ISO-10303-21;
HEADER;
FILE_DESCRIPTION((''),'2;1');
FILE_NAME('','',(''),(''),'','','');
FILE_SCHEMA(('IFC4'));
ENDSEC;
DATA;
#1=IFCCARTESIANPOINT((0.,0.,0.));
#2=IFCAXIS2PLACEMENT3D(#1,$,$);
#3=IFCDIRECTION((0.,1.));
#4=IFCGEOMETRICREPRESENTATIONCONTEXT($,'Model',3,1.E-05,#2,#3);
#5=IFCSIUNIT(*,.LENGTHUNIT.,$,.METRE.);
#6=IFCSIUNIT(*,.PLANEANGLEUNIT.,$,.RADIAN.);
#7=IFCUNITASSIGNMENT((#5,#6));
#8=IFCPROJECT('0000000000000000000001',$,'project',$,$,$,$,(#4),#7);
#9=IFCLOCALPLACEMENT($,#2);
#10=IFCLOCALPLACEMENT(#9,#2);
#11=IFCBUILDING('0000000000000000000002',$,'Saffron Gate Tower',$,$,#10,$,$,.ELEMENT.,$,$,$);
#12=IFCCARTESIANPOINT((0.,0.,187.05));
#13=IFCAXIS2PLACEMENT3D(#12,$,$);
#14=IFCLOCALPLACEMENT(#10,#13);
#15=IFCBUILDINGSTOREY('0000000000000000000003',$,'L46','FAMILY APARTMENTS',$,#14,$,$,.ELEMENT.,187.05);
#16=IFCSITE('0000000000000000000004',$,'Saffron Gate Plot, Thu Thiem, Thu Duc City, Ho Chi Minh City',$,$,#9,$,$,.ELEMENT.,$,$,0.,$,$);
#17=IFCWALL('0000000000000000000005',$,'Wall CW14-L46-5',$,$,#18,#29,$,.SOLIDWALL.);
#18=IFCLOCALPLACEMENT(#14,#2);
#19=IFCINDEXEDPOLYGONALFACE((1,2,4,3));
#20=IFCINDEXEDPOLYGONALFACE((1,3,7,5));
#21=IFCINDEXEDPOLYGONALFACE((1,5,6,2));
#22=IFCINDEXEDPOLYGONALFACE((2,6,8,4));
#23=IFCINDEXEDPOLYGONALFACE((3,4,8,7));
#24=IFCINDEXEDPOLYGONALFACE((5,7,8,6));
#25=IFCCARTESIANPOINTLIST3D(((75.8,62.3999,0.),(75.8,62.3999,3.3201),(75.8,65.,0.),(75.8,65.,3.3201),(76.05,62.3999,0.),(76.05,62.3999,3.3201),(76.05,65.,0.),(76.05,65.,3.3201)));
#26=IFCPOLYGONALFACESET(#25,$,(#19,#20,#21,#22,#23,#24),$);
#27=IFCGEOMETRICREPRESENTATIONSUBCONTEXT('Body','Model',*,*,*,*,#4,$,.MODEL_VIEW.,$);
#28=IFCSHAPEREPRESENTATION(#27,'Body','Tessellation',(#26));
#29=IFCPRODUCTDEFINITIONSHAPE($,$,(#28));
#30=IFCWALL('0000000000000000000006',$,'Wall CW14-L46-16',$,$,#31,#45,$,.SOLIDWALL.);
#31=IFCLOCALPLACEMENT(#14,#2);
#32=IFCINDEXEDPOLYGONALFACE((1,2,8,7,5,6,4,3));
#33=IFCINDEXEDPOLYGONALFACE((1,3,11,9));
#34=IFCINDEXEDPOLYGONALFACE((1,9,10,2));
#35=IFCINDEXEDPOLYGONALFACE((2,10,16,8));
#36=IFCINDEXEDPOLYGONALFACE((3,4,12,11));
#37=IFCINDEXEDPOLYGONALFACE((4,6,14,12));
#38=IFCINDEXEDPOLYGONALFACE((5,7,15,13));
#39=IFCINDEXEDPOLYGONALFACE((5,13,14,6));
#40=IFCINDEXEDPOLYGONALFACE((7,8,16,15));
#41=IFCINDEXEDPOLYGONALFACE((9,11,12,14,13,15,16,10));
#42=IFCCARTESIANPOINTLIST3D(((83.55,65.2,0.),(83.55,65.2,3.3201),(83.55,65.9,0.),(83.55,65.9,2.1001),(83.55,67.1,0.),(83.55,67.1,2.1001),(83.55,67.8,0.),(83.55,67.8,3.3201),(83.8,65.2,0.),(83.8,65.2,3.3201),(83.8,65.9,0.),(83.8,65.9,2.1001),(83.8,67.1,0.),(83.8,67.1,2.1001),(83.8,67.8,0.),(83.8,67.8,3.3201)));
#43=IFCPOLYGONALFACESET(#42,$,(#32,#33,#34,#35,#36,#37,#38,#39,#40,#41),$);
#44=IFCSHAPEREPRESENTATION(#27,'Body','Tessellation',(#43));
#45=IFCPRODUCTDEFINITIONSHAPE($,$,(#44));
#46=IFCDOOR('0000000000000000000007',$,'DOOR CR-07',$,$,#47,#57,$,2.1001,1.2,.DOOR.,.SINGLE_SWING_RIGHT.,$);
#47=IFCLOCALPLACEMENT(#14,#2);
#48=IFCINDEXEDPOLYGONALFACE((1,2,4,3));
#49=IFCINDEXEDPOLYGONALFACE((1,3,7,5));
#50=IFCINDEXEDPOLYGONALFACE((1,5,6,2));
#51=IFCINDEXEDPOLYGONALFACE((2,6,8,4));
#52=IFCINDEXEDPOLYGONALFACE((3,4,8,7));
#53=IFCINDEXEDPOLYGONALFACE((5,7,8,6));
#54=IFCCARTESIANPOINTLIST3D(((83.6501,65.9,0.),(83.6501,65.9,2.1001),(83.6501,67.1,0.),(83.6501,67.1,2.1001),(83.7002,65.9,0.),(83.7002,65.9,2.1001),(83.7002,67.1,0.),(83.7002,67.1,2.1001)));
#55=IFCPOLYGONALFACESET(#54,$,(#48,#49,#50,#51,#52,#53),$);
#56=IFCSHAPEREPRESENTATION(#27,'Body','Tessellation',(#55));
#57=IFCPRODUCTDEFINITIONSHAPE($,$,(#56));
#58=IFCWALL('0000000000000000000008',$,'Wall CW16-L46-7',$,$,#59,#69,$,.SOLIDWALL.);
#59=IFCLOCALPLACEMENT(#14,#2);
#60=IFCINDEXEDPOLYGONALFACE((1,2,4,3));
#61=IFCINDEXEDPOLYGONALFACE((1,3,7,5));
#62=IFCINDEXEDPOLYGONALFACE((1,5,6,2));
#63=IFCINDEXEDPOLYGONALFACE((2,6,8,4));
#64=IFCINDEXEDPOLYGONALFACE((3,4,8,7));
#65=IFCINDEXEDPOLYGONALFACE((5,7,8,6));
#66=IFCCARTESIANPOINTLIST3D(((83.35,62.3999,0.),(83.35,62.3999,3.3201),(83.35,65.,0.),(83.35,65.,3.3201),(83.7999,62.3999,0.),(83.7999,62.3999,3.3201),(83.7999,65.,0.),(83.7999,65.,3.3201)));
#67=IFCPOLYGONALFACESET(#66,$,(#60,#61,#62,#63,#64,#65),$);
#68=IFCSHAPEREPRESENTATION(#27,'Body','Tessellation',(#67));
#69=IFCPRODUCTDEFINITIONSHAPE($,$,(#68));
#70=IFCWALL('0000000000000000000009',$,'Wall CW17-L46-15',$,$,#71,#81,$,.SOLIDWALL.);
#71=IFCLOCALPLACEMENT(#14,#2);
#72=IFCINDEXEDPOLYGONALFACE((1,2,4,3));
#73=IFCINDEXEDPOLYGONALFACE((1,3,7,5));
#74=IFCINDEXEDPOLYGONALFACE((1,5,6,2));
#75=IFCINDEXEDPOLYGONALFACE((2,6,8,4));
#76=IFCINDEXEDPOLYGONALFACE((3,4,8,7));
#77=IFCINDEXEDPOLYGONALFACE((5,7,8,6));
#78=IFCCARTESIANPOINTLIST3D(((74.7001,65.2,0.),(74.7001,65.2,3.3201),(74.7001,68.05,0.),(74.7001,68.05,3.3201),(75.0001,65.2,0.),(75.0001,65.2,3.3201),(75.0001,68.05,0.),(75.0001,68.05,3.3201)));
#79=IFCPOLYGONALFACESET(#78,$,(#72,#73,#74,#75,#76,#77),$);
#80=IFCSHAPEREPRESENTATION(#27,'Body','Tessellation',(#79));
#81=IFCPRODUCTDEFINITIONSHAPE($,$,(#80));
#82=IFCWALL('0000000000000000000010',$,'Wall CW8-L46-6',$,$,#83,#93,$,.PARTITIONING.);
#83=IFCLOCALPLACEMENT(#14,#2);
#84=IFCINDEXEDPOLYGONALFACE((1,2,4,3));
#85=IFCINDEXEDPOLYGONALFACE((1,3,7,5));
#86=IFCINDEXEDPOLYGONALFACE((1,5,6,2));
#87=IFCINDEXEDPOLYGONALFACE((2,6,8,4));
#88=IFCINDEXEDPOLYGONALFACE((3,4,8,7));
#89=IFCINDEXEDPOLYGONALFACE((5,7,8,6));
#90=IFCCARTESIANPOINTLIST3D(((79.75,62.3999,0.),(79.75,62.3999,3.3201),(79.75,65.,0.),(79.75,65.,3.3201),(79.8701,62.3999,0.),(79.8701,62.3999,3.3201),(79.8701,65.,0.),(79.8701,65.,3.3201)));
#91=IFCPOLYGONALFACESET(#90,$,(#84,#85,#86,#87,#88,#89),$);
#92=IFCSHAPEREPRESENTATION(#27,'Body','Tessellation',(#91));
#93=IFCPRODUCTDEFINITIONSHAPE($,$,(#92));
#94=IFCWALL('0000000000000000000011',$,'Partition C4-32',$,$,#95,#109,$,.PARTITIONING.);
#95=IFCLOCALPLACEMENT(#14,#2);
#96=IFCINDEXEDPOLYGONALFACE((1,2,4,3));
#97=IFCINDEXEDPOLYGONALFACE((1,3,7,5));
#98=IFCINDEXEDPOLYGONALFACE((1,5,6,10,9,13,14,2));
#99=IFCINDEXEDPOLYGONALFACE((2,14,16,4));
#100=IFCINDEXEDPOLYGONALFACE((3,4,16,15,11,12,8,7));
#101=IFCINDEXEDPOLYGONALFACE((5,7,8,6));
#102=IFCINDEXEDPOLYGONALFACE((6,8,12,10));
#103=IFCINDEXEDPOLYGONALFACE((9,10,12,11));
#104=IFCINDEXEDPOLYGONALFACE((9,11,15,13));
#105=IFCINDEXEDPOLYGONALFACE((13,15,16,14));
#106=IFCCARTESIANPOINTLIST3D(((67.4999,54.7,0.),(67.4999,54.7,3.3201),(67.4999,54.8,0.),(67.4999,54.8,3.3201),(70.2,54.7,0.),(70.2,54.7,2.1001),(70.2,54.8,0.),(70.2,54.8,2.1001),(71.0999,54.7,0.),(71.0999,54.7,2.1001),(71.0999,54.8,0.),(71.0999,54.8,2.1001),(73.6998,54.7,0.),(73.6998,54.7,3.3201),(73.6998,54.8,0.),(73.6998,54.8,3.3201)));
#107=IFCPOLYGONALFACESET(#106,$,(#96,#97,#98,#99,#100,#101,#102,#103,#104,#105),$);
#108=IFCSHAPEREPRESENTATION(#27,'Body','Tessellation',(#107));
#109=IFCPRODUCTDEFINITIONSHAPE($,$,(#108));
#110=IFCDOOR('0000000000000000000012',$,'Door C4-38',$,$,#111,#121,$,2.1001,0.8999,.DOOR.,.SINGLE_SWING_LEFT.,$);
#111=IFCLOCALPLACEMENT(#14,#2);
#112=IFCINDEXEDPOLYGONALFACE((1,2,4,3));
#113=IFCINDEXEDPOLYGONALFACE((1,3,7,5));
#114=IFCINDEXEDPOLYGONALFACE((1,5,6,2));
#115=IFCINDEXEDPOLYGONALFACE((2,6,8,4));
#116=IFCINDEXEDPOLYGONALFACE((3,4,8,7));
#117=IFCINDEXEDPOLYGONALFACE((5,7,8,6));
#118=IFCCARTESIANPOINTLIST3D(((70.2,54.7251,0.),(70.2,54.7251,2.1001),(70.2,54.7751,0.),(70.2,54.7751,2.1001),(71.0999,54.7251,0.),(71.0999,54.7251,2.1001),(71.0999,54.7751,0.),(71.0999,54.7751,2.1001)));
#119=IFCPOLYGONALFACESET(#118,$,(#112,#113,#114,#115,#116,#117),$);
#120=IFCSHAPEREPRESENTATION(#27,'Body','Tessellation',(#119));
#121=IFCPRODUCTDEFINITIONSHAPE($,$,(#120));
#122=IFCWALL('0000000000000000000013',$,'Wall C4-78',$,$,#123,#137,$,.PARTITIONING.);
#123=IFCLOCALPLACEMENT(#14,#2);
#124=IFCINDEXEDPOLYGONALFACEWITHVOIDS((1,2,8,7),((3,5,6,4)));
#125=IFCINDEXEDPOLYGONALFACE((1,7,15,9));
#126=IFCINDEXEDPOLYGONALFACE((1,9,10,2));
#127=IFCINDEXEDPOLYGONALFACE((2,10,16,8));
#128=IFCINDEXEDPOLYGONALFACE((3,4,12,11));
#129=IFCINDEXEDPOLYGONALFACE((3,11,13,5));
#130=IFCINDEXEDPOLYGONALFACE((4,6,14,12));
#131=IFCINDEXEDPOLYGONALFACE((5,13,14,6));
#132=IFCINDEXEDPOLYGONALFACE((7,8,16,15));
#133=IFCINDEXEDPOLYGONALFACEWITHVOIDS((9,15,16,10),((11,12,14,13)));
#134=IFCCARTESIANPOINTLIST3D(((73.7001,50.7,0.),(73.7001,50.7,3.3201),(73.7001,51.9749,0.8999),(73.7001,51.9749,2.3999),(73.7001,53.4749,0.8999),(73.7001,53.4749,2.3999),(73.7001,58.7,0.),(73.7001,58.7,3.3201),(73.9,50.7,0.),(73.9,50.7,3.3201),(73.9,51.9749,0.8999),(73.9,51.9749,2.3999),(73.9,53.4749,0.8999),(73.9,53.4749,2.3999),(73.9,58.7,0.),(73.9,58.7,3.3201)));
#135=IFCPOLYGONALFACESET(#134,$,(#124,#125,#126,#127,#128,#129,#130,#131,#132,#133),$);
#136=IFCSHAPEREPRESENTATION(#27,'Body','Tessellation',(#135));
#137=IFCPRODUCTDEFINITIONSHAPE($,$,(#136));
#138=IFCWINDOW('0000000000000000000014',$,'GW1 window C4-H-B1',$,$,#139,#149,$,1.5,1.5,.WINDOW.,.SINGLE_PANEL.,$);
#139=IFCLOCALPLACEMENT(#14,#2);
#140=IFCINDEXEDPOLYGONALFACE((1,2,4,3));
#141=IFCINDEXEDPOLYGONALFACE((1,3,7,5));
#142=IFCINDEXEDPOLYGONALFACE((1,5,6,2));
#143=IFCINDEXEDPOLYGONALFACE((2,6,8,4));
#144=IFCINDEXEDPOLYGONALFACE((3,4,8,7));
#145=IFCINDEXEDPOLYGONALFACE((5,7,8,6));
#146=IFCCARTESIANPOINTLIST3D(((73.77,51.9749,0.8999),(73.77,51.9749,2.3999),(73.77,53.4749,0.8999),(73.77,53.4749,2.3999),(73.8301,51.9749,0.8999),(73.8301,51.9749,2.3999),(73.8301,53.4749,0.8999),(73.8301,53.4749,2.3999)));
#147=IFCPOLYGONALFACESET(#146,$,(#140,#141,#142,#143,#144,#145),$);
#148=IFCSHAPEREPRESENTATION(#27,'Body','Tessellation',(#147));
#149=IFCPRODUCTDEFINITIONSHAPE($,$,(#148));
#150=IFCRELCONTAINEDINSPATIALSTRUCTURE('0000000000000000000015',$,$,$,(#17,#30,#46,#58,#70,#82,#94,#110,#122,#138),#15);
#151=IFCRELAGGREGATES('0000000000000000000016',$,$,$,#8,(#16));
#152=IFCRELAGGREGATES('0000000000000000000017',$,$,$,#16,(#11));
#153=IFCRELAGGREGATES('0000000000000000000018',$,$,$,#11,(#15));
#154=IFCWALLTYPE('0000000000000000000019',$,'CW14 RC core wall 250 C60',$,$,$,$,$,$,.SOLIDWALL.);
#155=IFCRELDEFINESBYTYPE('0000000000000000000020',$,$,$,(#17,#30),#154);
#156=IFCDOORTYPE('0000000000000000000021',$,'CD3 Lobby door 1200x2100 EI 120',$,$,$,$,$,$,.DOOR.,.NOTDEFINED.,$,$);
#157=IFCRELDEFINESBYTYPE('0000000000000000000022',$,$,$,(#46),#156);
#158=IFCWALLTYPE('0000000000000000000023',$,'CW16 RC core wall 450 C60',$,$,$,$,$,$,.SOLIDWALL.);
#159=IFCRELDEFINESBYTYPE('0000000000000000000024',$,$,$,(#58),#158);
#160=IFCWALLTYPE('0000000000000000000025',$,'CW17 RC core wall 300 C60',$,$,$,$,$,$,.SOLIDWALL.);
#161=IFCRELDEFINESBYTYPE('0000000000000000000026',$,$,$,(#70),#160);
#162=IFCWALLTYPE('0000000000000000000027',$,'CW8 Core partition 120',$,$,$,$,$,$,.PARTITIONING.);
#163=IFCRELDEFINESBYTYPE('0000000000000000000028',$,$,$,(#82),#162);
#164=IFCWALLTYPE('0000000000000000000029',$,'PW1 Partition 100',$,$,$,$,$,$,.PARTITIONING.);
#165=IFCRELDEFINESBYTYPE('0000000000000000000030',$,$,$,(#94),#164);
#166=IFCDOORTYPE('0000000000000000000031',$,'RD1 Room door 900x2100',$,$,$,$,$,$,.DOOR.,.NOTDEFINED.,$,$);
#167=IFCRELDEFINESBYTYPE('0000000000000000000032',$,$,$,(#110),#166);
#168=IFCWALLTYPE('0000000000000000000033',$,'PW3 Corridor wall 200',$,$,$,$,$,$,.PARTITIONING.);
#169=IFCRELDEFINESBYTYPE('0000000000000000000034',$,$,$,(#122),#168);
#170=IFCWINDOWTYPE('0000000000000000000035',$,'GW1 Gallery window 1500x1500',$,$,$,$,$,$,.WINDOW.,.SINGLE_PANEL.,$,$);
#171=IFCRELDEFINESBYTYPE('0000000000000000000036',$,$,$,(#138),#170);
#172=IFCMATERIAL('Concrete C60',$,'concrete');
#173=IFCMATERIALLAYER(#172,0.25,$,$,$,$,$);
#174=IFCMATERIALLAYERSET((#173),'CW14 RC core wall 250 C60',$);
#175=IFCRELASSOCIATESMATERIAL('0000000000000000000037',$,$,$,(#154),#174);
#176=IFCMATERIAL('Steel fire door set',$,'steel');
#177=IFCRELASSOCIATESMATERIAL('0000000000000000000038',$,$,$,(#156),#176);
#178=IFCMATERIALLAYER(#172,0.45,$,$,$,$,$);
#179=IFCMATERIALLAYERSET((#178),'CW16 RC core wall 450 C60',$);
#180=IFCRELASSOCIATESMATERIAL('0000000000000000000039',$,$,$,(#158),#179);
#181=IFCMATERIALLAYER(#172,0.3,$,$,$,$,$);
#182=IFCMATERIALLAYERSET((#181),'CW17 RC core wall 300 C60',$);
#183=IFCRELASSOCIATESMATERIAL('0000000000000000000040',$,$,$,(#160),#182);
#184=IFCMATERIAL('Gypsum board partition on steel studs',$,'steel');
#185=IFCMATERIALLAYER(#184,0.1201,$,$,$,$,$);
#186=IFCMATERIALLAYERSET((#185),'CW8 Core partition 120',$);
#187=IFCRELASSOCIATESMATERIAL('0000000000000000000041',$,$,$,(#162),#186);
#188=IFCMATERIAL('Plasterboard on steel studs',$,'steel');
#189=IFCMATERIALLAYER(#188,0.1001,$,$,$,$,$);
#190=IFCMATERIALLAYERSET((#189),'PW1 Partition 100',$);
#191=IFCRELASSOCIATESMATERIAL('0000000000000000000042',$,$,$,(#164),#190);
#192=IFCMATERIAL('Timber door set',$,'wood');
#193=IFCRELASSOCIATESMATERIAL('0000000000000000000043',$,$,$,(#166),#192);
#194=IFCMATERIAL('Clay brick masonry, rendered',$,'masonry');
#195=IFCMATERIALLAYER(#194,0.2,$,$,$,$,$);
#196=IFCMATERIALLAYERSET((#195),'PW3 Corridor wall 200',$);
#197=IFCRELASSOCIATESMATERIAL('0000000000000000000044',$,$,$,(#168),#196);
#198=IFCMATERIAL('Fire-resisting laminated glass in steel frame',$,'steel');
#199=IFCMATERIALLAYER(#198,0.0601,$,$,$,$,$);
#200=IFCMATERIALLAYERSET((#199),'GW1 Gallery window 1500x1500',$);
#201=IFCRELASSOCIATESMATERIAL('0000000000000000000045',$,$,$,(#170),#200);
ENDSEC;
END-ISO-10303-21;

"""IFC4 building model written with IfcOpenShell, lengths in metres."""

from ifc_helpers import new_model, si_unit, direction, frame, frame_2d, origin, place, context, subcontext, project, spatial, rectangle, extrude, material, layer, layer_set, type_object, element, fill, save


model = new_model("IFC4")

# Units and contexts
model_context = context("Model", 3, precision=1e-05, world=origin(), true_north=direction((0.0, 1.0)))
body_context = subcontext(model_context, "Body", "Model", "MODEL_VIEW")
ifc_project = project(units=[si_unit("LENGTHUNIT", "METRE"), si_unit("PLANEANGLEUNIT", "RADIAN")], contexts=[model_context])

# Site, building, storey
site_placement = place(None, origin())
site = spatial("IfcSite", under=ifc_project, at=site_placement, Name="Saffron Gate Plot, Thu Thiem, Thu Duc City, Ho Chi Minh City", CompositionType="ELEMENT", RefElevation=0.0)
building_placement = place(site_placement, origin())
building = spatial("IfcBuilding", under=site, at=building_placement, Name="Saffron Gate Tower", CompositionType="ELEMENT")
storey_placement = place(building_placement, frame((0.0, 0.0, 187.05)))
storey = spatial("IfcBuildingStorey", under=building, at=storey_placement, Name="L46", Description="FAMILY APARTMENTS", CompositionType="ELEMENT", Elevation=187.05)

# Wall
ifc_material_1 = material(Name="Concrete C60", Category="concrete")
ifc_layer_1 = layer(ifc_material_1, 0.25)
ifc_layer_set_1 = layer_set([ifc_layer_1], Name="CW14 RC core wall 250 C60")
wall_type_1 = type_object("IfcWallType", Name="CW14 RC core wall 250 C60", PredefinedType="SOLIDWALL", material=ifc_layer_set_1)
wall_1_placement = place(storey_placement, frame((75.925, 62.3999, 0.0), z_axis=(0.0, 0.0, 1.0), x_axis=(0.0, 1.0, 0.0)))
element("IfcWall", 1, at=wall_1_placement, inside=storey, type_object=wall_type_1, Name="Wall CW14-L46-5", PredefinedType="SOLIDWALL", context=body_context, shape_type="SweptSolid", body=[
    extrude(rectangle(XDim=2.6001, YDim=0.25, at=frame_2d((1.3, 0.0))), origin(), (0.0, 0.0, 1.0), 3.3201),
])

# Wall, opening, door
wall_2_placement = place(storey_placement, frame((83.675, 65.2, 0.0), z_axis=(0.0, 0.0, 1.0), x_axis=(0.0, 1.0, 0.0)))
wall_2 = element("IfcWall", 2, at=wall_2_placement, inside=storey, type_object=wall_type_1, Name="Wall CW14-L46-16", PredefinedType="SOLIDWALL", context=body_context, shape_type="SweptSolid", body=[
    extrude(rectangle(XDim=2.6001, YDim=0.25, at=frame_2d((1.3, 0.0))), origin(), (0.0, 0.0, 1.0), 3.3201),
])
opening_1_placement = place(wall_2_placement, frame((0.7, 0.0, 0.0)))
opening_1 = element("IfcOpeningElement", 3, at=opening_1_placement, cuts=wall_2, PredefinedType="OPENING", context=body_context, shape_type="SweptSolid", body=[
    extrude(rectangle(XDim=1.2, YDim=2.1001, at=frame_2d((0.6001, 1.05))), frame((0.0, 0.135, 0.0), z_axis=(0.0, -1.0, 0.0), x_axis=(1.0, 0.0, 0.0)), (0.0, 0.0, 1.0), 0.27),
])
ifc_material_2 = material(Name="Steel fire door set", Category="steel")
door_type_1 = type_object("IfcDoorType", Name="CD3 Lobby door 1200x2100 EI 120", OperationType="NOTDEFINED", PredefinedType="DOOR", material=ifc_material_2)
door_1_placement = place(opening_1_placement, origin())
door_1 = element("IfcDoor", 4, at=door_1_placement, inside=storey, type_object=door_type_1, Name="DOOR CR-07", OperationType="SINGLE_SWING_RIGHT", OverallHeight=2.1001, OverallWidth=1.2, PredefinedType="DOOR", context=body_context, shape_type="SweptSolid", body=[
    extrude(rectangle(XDim=1.2, YDim=2.1001, at=frame_2d((0.6001, 1.05))), frame((0.0, 0.0249, 0.0), z_axis=(0.0, -1.0, 0.0), x_axis=(1.0, 0.0, 0.0)), (0.0, 0.0, 1.0), 0.05),
])
fill(opening_1, door_1)

# Walls
ifc_layer_2 = layer(ifc_material_1, 0.45)
ifc_layer_set_2 = layer_set([ifc_layer_2], Name="CW16 RC core wall 450 C60")
wall_type_2 = type_object("IfcWallType", Name="CW16 RC core wall 450 C60", PredefinedType="SOLIDWALL", material=ifc_layer_set_2)
wall_3_placement = place(storey_placement, frame((83.575, 62.3999, 0.0), z_axis=(0.0, 0.0, 1.0), x_axis=(0.0, 1.0, 0.0)))
element("IfcWall", 5, at=wall_3_placement, inside=storey, type_object=wall_type_2, Name="Wall CW16-L46-7", PredefinedType="SOLIDWALL", context=body_context, shape_type="SweptSolid", body=[
    extrude(rectangle(XDim=2.6001, YDim=0.45, at=frame_2d((1.3, 0.0))), origin(), (0.0, 0.0, 1.0), 3.3201),
])
ifc_layer_3 = layer(ifc_material_1, 0.3)
ifc_layer_set_3 = layer_set([ifc_layer_3], Name="CW17 RC core wall 300 C60")
wall_type_3 = type_object("IfcWallType", Name="CW17 RC core wall 300 C60", PredefinedType="SOLIDWALL", material=ifc_layer_set_3)
wall_4_placement = place(storey_placement, frame((74.8501, 65.2, 0.0), z_axis=(0.0, 0.0, 1.0), x_axis=(0.0, 1.0, 0.0)))
element("IfcWall", 6, at=wall_4_placement, inside=storey, type_object=wall_type_3, Name="Wall CW17-L46-15", PredefinedType="SOLIDWALL", context=body_context, shape_type="SweptSolid", body=[
    extrude(rectangle(XDim=2.8501, YDim=0.3, at=frame_2d((1.425, 0.0))), origin(), (0.0, 0.0, 1.0), 3.3201),
])
ifc_material_3 = material(Name="Gypsum board partition on steel studs", Category="steel")
ifc_layer_4 = layer(ifc_material_3, 0.1201)
ifc_layer_set_4 = layer_set([ifc_layer_4], Name="CW8 Core partition 120")
wall_type_4 = type_object("IfcWallType", Name="CW8 Core partition 120", PredefinedType="PARTITIONING", material=ifc_layer_set_4)
wall_5_placement = place(storey_placement, frame((79.8101, 62.3999, 0.0), z_axis=(0.0, 0.0, 1.0), x_axis=(0.0, 1.0, 0.0)))
element("IfcWall", 7, at=wall_5_placement, inside=storey, type_object=wall_type_4, Name="Wall CW8-L46-6", PredefinedType="PARTITIONING", context=body_context, shape_type="SweptSolid", body=[
    extrude(rectangle(XDim=2.6001, YDim=0.1201, at=frame_2d((1.3, 0.0))), origin(), (0.0, 0.0, 1.0), 3.3201),
])

# Wall, opening, door
ifc_material_4 = material(Name="Plasterboard on steel studs", Category="steel")
ifc_layer_5 = layer(ifc_material_4, 0.1001)
ifc_layer_set_5 = layer_set([ifc_layer_5], Name="PW1 Partition 100")
wall_type_5 = type_object("IfcWallType", Name="PW1 Partition 100", PredefinedType="PARTITIONING", material=ifc_layer_set_5)
wall_6_placement = place(storey_placement, frame((73.7, 54.75, 0.0), z_axis=(0.0, 0.0, 1.0), x_axis=(-1.0, 0.0, 0.0)))
wall_6 = element("IfcWall", 8, at=wall_6_placement, inside=storey, type_object=wall_type_5, Name="Partition C4-32", PredefinedType="PARTITIONING", context=body_context, shape_type="SweptSolid", body=[
    extrude(rectangle(XDim=6.2, YDim=0.1001, at=frame_2d((3.1001, 0.0))), origin(), (0.0, 0.0, 1.0), 3.3201),
])
opening_2_placement = place(wall_6_placement, frame((2.6001, 0.0, 0.0)))
opening_2 = element("IfcOpeningElement", 9, at=opening_2_placement, cuts=wall_6, PredefinedType="OPENING", context=body_context, shape_type="SweptSolid", body=[
    extrude(rectangle(XDim=0.8999, YDim=2.1001, at=frame_2d((0.45, 1.05))), frame((0.0, 0.0601, 0.0), z_axis=(0.0, -1.0, 0.0), x_axis=(1.0, 0.0, 0.0)), (0.0, 0.0, 1.0), 0.1201),
])
ifc_material_5 = material(Name="Timber door set", Category="wood")
door_type_2 = type_object("IfcDoorType", Name="RD1 Room door 900x2100", OperationType="NOTDEFINED", PredefinedType="DOOR", material=ifc_material_5)
door_2_placement = place(opening_2_placement, origin())
door_2 = element("IfcDoor", 10, at=door_2_placement, inside=storey, type_object=door_type_2, Name="Door C4-38", OperationType="SINGLE_SWING_LEFT", OverallHeight=2.1001, OverallWidth=0.8999, PredefinedType="DOOR", context=body_context, shape_type="SweptSolid", body=[
    extrude(rectangle(XDim=0.8999, YDim=2.1001, at=frame_2d((0.45, 1.05))), frame((0.0, 0.0249, 0.0), z_axis=(0.0, -1.0, 0.0), x_axis=(1.0, 0.0, 0.0)), (0.0, 0.0, 1.0), 0.05),
])
fill(opening_2, door_2)

# Wall, opening, window
ifc_material_6 = material(Name="Clay brick masonry, rendered", Category="masonry")
ifc_layer_6 = layer(ifc_material_6, 0.2)
ifc_layer_set_6 = layer_set([ifc_layer_6], Name="PW3 Corridor wall 200")
wall_type_6 = type_object("IfcWallType", Name="PW3 Corridor wall 200", PredefinedType="PARTITIONING", material=ifc_layer_set_6)
wall_7_placement = place(storey_placement, frame((73.8, 58.7, 0.0), z_axis=(0.0, 0.0, 1.0), x_axis=(0.0, -1.0, 0.0)))
wall_7 = element("IfcWall", 11, at=wall_7_placement, inside=storey, type_object=wall_type_6, Name="Wall C4-78", PredefinedType="PARTITIONING", context=body_context, shape_type="SweptSolid", body=[
    extrude(rectangle(XDim=8.0, YDim=0.2, at=frame_2d((4.0, 0.0))), origin(), (0.0, 0.0, 1.0), 3.3201),
])
opening_3_placement = place(wall_7_placement, frame((5.2251, 0.0, 0.8999)))
opening_3 = element("IfcOpeningElement", 12, at=opening_3_placement, cuts=wall_7, PredefinedType="OPENING", context=body_context, shape_type="SweptSolid", body=[
    extrude(rectangle(XDim=1.5, YDim=1.5, at=frame_2d((0.75, 0.75))), frame((0.0, 0.1099, 0.0), z_axis=(0.0, -1.0, 0.0), x_axis=(1.0, 0.0, 0.0)), (0.0, 0.0, 1.0), 0.22),
])
ifc_material_7 = material(Name="Fire-resisting laminated glass in steel frame", Category="steel")
ifc_layer_7 = layer(ifc_material_7, 0.0601)
ifc_layer_set_7 = layer_set([ifc_layer_7], Name="GW1 Gallery window 1500x1500")
window_type = type_object("IfcWindowType", Name="GW1 Gallery window 1500x1500", PartitioningType="SINGLE_PANEL", PredefinedType="WINDOW", material=ifc_layer_set_7)
window_placement = place(opening_3_placement, origin())
window = element("IfcWindow", 13, at=window_placement, inside=storey, type_object=window_type, Name="GW1 window C4-H-B1", OverallHeight=1.5, OverallWidth=1.5, PartitioningType="SINGLE_PANEL", PredefinedType="WINDOW", context=body_context, shape_type="SweptSolid", body=[
    extrude(rectangle(XDim=1.5, YDim=1.5, at=frame_2d((0.75, 0.75))), frame((0.0, 0.03, 0.0), z_axis=(0.0, -1.0, 0.0), x_axis=(1.0, 0.0, 0.0)), (0.0, 0.0, 1.0), 0.0601),
])
fill(opening_3, window)

save(model, "model.ifc")
